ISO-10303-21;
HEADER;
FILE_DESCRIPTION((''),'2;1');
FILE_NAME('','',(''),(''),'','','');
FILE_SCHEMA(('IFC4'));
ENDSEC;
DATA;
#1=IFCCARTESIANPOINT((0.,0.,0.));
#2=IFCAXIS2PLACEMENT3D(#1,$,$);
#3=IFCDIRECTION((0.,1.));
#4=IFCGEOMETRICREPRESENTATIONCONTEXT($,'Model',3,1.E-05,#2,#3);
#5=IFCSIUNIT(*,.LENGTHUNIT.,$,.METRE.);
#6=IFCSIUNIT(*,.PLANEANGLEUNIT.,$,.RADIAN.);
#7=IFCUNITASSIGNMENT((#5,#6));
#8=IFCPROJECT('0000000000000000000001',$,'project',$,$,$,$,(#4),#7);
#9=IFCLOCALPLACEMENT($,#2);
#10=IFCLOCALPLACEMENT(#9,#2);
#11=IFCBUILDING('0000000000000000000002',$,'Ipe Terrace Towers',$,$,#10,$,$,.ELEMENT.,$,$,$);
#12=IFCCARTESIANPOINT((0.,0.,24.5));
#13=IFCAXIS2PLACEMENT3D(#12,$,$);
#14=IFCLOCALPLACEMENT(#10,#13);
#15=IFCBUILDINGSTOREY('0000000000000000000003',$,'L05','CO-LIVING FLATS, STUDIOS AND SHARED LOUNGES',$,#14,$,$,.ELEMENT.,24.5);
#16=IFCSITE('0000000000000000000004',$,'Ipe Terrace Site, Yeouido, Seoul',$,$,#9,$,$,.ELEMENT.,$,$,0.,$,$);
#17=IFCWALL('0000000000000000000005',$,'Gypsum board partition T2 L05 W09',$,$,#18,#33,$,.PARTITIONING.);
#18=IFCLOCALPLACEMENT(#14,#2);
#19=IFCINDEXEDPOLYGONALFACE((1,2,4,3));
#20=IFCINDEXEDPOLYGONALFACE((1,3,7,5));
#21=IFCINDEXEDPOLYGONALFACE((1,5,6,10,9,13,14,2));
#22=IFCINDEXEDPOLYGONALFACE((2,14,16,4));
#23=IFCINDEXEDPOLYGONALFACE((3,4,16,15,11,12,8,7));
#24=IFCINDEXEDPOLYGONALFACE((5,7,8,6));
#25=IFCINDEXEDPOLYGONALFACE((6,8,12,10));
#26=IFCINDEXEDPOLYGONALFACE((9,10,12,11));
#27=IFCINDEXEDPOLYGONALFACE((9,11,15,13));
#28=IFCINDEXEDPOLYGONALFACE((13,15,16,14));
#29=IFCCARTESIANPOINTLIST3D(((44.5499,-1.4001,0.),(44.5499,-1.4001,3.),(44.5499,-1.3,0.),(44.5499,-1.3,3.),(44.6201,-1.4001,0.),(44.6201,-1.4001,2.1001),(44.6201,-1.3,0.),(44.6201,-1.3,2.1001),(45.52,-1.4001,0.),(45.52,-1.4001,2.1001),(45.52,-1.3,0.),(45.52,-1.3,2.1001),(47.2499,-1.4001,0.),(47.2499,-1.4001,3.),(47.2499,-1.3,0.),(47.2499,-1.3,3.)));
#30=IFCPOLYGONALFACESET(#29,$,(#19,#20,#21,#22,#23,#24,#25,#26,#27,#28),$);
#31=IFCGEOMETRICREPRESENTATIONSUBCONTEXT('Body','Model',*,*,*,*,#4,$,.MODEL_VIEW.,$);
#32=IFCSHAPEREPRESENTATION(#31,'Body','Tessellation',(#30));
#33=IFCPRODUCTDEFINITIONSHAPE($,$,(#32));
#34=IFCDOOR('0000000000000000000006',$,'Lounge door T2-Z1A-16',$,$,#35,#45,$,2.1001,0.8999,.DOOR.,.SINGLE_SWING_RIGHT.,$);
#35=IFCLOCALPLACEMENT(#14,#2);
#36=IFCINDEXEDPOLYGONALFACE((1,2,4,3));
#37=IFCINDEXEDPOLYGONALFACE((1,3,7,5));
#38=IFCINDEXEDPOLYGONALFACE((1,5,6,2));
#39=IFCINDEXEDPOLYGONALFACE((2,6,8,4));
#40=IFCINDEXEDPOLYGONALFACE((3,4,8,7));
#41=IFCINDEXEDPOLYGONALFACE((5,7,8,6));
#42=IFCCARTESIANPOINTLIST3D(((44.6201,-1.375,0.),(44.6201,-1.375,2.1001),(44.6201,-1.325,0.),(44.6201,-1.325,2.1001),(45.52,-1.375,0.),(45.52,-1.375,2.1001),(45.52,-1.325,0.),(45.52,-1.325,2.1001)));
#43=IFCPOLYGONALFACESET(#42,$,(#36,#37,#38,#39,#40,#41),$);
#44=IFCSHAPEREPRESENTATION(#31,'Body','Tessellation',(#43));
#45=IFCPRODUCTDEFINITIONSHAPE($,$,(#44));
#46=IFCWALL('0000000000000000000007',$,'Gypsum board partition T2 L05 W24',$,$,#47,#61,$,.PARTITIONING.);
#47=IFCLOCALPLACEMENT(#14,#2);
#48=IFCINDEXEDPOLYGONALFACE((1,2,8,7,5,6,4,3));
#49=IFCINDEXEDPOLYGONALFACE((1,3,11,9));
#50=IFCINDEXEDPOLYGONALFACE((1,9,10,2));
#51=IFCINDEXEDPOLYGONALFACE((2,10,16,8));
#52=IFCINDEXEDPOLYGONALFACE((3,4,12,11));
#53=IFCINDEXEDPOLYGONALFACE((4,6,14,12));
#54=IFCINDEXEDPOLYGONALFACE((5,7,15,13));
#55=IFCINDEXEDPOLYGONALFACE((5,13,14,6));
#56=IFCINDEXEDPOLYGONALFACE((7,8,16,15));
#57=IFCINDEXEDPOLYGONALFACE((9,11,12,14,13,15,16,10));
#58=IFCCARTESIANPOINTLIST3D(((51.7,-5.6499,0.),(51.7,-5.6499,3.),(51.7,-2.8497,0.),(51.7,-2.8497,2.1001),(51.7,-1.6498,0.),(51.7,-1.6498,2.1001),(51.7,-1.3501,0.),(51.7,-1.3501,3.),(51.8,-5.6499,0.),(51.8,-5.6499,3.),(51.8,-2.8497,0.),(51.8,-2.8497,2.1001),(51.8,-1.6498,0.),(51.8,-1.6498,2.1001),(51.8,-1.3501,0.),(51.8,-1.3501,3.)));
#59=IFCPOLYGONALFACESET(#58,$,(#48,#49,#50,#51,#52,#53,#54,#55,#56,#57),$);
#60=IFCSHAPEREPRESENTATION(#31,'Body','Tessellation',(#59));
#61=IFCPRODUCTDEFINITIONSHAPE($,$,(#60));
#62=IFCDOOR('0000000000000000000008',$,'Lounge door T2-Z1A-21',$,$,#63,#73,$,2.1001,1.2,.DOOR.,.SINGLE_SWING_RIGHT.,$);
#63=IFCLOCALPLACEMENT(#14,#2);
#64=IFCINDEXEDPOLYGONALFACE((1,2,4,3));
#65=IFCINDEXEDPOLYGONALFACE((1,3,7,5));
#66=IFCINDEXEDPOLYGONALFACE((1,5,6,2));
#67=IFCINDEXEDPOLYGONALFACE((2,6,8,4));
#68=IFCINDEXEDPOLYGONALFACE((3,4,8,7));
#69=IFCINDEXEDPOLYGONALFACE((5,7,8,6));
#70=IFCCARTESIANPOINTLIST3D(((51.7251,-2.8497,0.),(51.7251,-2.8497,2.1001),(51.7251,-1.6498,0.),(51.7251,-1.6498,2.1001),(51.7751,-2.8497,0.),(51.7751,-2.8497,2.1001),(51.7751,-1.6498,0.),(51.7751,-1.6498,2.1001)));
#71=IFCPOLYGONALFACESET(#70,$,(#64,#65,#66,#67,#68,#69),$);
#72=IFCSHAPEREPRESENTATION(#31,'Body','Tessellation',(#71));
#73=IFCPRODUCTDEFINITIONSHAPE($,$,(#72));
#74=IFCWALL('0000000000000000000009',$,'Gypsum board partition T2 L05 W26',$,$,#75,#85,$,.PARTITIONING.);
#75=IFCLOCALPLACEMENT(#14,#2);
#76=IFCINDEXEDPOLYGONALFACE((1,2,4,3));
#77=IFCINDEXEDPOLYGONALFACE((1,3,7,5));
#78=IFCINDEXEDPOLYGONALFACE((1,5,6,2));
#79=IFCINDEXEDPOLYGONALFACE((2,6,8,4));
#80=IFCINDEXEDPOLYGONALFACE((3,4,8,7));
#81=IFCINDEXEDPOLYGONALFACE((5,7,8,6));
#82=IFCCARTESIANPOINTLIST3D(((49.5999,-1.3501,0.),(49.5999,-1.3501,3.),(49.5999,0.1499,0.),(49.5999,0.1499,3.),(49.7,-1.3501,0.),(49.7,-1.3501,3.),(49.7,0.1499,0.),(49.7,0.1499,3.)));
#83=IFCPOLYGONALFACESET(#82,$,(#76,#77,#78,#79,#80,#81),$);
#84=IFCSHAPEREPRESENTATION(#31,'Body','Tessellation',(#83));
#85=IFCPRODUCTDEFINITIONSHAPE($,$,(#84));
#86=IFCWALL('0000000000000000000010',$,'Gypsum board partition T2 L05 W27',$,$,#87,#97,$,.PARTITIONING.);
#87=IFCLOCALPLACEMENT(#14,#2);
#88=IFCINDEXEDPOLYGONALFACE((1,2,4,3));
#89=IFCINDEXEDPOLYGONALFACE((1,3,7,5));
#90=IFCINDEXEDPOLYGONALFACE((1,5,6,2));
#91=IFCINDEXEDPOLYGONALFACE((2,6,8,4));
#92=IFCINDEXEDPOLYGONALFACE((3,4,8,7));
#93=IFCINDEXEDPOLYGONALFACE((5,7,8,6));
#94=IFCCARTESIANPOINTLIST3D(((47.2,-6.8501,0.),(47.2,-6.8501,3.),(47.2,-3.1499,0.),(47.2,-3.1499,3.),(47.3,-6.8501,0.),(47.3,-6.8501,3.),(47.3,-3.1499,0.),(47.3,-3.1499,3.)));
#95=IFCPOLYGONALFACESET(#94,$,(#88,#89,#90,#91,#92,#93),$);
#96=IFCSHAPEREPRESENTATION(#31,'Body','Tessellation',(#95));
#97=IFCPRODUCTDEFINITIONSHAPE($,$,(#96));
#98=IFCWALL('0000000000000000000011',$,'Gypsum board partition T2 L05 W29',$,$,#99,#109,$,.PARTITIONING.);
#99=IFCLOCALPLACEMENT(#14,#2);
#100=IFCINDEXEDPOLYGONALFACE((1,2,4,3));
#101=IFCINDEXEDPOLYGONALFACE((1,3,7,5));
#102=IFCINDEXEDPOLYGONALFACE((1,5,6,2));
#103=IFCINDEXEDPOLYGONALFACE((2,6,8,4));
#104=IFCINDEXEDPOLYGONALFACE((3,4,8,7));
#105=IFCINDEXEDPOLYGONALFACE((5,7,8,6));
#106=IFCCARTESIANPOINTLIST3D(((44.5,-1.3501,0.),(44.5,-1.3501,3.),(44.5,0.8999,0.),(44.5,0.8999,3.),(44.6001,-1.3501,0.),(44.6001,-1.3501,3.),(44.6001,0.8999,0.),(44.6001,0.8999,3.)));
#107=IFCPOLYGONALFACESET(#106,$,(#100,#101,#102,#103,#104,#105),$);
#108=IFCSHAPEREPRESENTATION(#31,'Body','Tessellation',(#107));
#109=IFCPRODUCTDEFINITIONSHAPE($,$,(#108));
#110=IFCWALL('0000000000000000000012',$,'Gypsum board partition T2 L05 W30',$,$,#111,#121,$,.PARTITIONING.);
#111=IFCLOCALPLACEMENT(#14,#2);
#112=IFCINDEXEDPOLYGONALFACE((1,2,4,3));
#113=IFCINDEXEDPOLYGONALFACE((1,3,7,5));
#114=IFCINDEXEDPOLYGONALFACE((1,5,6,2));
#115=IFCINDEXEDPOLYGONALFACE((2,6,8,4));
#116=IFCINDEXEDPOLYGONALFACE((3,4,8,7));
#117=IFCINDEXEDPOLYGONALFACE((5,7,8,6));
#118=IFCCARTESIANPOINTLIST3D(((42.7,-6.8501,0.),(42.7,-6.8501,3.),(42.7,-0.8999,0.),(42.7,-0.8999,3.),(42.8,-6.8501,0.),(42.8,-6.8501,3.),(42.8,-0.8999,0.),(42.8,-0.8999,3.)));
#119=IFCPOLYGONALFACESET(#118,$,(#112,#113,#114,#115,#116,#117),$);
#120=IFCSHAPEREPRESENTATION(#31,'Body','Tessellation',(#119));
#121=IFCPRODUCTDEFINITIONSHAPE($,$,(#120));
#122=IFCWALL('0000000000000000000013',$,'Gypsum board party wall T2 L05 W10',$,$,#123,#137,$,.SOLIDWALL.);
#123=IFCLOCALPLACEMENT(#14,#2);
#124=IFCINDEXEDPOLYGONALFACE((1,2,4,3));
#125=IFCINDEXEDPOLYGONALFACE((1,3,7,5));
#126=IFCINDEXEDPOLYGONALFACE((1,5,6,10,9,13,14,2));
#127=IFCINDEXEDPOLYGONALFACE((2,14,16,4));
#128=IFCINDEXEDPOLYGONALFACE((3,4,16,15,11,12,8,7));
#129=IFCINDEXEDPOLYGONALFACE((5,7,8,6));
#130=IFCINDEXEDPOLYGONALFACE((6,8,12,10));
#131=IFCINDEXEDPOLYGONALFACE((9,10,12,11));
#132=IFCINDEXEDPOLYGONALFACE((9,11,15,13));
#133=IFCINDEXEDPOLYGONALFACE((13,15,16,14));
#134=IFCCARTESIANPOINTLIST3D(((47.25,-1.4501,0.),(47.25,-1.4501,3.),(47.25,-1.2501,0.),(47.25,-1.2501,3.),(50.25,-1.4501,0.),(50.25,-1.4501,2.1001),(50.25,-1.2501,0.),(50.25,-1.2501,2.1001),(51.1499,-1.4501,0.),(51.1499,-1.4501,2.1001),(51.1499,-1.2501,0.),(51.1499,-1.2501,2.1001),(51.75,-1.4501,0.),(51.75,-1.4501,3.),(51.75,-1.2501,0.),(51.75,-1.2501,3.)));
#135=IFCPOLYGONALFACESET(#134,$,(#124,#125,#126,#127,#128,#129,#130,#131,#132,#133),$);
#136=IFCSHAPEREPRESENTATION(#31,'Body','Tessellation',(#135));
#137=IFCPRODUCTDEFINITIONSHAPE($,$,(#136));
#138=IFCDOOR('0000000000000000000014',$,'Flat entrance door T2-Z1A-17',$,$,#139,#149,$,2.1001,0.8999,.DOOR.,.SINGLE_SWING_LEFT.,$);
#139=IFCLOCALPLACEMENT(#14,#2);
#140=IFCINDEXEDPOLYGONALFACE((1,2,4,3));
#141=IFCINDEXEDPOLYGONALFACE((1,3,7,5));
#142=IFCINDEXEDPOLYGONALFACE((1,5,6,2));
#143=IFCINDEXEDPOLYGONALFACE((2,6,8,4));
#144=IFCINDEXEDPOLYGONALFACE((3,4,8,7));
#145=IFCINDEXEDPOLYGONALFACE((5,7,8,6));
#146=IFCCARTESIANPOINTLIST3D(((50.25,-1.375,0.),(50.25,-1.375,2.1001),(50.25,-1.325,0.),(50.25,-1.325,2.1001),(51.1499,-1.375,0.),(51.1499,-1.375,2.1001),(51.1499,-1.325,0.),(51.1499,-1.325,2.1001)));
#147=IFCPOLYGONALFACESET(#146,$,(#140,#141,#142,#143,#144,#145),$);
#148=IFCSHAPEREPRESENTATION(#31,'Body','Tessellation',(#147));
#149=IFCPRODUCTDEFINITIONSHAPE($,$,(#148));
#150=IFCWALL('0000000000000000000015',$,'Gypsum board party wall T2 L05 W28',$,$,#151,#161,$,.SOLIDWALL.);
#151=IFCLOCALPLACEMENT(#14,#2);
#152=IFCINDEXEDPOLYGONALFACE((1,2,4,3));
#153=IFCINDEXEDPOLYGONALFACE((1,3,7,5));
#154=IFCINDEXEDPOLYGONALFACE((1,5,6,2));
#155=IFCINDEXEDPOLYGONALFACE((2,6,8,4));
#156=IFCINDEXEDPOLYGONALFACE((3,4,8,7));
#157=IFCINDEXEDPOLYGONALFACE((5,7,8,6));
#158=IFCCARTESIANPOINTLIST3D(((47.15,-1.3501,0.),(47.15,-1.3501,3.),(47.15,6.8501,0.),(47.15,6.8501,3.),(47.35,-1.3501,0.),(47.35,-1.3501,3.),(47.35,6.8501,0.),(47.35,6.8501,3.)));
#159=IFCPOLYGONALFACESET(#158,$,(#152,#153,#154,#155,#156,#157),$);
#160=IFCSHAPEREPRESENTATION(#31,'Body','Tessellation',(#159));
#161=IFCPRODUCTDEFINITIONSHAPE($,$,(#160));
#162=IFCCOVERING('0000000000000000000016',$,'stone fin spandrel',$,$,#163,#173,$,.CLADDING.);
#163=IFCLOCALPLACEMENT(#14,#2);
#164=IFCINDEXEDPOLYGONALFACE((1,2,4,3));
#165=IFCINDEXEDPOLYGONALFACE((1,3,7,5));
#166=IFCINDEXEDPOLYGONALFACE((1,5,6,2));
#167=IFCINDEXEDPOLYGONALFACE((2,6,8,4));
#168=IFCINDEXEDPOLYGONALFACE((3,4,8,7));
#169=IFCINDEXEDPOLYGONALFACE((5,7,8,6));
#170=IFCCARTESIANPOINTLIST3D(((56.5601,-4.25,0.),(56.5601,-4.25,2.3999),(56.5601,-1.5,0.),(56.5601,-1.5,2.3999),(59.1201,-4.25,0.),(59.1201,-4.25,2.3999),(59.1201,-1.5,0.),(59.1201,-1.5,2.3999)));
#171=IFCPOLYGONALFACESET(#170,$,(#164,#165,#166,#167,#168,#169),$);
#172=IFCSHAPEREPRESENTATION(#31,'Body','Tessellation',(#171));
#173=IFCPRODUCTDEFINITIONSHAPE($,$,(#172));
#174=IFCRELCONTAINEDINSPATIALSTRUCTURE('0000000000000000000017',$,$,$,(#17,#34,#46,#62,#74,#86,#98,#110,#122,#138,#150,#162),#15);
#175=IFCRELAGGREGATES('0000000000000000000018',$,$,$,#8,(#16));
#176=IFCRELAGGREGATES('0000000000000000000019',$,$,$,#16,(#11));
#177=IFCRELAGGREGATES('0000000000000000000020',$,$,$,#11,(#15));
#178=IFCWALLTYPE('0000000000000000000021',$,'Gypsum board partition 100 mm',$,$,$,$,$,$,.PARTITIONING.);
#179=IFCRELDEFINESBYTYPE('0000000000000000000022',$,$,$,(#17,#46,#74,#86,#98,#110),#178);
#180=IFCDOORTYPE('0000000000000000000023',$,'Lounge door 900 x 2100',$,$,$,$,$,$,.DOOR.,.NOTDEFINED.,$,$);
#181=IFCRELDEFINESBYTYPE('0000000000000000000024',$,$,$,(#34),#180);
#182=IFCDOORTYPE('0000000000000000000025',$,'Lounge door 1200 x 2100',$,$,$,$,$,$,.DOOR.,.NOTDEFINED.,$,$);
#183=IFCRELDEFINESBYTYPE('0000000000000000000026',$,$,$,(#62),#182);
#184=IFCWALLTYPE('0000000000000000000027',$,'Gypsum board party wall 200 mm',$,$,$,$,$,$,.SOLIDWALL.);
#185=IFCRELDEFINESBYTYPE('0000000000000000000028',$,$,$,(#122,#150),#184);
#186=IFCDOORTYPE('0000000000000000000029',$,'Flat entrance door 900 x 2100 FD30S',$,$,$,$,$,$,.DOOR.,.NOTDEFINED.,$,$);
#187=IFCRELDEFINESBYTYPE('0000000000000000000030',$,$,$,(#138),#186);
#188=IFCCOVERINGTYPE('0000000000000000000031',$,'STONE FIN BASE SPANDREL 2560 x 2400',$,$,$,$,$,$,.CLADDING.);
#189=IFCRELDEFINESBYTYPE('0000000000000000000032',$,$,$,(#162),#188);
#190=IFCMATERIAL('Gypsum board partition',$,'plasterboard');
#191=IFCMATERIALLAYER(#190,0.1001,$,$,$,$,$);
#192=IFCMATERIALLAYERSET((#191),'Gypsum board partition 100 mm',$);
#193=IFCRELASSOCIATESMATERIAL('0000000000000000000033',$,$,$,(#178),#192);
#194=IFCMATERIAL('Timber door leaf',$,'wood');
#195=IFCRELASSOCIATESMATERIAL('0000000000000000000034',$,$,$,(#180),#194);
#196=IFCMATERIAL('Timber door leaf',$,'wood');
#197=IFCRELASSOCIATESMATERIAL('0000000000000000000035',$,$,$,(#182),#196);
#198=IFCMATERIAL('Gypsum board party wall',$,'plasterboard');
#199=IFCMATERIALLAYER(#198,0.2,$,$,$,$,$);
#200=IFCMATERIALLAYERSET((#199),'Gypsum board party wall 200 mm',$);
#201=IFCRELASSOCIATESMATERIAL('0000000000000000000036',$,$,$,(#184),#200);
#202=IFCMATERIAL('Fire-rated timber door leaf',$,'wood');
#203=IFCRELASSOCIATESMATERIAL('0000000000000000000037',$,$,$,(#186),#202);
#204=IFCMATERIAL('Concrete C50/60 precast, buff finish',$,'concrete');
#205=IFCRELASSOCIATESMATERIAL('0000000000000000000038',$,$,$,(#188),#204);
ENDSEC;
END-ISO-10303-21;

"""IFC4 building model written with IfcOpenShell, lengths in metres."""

from ifc_helpers import new_model, si_unit, direction, frame, frame_2d, origin, origin_2d, place, context, subcontext, project, spatial, rectangle, extrude, material, layer, layer_set, material_profile, profile_set, type_object, element, fill, save


model = new_model("IFC4")

# Units and contexts
model_context = context("Model", 3, precision=1e-05, world=origin(), true_north=direction((0.0, 1.0)))
body_context = subcontext(model_context, "Body", "Model", "MODEL_VIEW")
ifc_project = project(units=[si_unit("LENGTHUNIT", "METRE"), si_unit("PLANEANGLEUNIT", "RADIAN")], contexts=[model_context])

# Site, building, storey
site_placement = place(None, origin())
site = spatial("IfcSite", under=ifc_project, at=site_placement, Name="Ipe Terrace Site, Yeouido, Seoul", CompositionType="ELEMENT", RefElevation=0.0)
building_placement = place(site_placement, origin())
building = spatial("IfcBuilding", under=site, at=building_placement, Name="Ipe Terrace Towers", CompositionType="ELEMENT")
storey_placement = place(building_placement, frame((0.0, 0.0, 24.5)))
storey = spatial("IfcBuildingStorey", under=building, at=storey_placement, Name="L05", Description="CO-LIVING FLATS, STUDIOS AND SHARED LOUNGES", CompositionType="ELEMENT", Elevation=24.5)

# Shared definitions
ifc_material_1 = material(Name="Gypsum board partition", Category="plasterboard")
ifc_layer_1 = layer(ifc_material_1, 0.1001)
ifc_layer_set_1 = layer_set([ifc_layer_1], Name="Gypsum board partition 100 mm")
wall_type_1 = type_object("IfcWallType", Name="Gypsum board partition 100 mm", PredefinedType="PARTITIONING", material=ifc_layer_set_1)
ifc_material_2 = material(Name="Timber door leaf", Category="wood")
door_type_1 = type_object("IfcDoorType", Name="Lounge door 900 x 2100", OperationType="NOTDEFINED", PredefinedType="DOOR", material=ifc_material_2)

# Walls, openings, doors
wall_1_placement = place(storey_placement, frame((47.25, -1.3501, 0.0), z_axis=(0.0, 0.0, 1.0), x_axis=(-1.0, 0.0, 0.0)))
wall_1 = element("IfcWall", 1, at=wall_1_placement, inside=storey, type_object=wall_type_1, Name="Gypsum board partition T2 L05 W09", PredefinedType="PARTITIONING", context=body_context, shape_type="SweptSolid", body=[
    extrude(rectangle(XDim=2.7, YDim=0.1001, at=frame_2d((1.3501, 0.0))), origin(), (0.0, 0.0, 1.0), 3.0),
])
opening_1_placement = place(wall_1_placement, frame((1.73, 0.0, 0.0)))
opening_1 = element("IfcOpeningElement", 2, at=opening_1_placement, cuts=wall_1, PredefinedType="OPENING", context=body_context, shape_type="SweptSolid", body=[
    extrude(rectangle(XDim=0.8999, YDim=2.1001, at=frame_2d((0.45, 1.05))), frame((0.0, 0.0601, 0.0), z_axis=(0.0, -1.0, 0.0), x_axis=(1.0, 0.0, 0.0)), (0.0, 0.0, 1.0), 0.1201),
])
door_1_placement = place(opening_1_placement, origin())
door_1 = element("IfcDoor", 3, at=door_1_placement, inside=storey, type_object=door_type_1, Name="Lounge door T2-Z1A-16", OperationType="SINGLE_SWING_RIGHT", OverallHeight=2.1001, OverallWidth=0.8999, PredefinedType="DOOR", context=body_context, shape_type="SweptSolid", body=[
    extrude(rectangle(XDim=0.8999, YDim=2.1001, at=frame_2d((0.45, 1.05))), frame((0.0, 0.0249, 0.0), z_axis=(0.0, -1.0, 0.0), x_axis=(1.0, 0.0, 0.0)), (0.0, 0.0, 1.0), 0.05),
])
fill(opening_1, door_1)
wall_2_placement = place(storey_placement, frame((51.75, -5.6499, 0.0), z_axis=(0.0, 0.0, 1.0), x_axis=(0.0, 1.0, 0.0)))
wall_2 = element("IfcWall", 4, at=wall_2_placement, inside=storey, type_object=wall_type_1, Name="Gypsum board partition T2 L05 W24", PredefinedType="PARTITIONING", context=body_context, shape_type="SweptSolid", body=[
    extrude(rectangle(XDim=4.2998, YDim=0.1001, at=frame_2d((2.1499, 0.0))), origin(), (0.0, 0.0, 1.0), 3.0),
])
opening_2_placement = place(wall_2_placement, frame((2.8, 0.0, 0.0)))
opening_2 = element("IfcOpeningElement", 5, at=opening_2_placement, cuts=wall_2, PredefinedType="OPENING", context=body_context, shape_type="SweptSolid", body=[
    extrude(rectangle(XDim=1.2, YDim=2.1001, at=frame_2d((0.6001, 1.05))), frame((0.0, 0.0601, 0.0), z_axis=(0.0, -1.0, 0.0), x_axis=(1.0, 0.0, 0.0)), (0.0, 0.0, 1.0), 0.1201),
])
ifc_material_3 = material(Name="Timber door leaf", Category="wood")
door_type_2 = type_object("IfcDoorType", Name="Lounge door 1200 x 2100", OperationType="NOTDEFINED", PredefinedType="DOOR", material=ifc_material_3)
door_2_placement = place(opening_2_placement, origin())
door_2 = element("IfcDoor", 6, at=door_2_placement, inside=storey, type_object=door_type_2, Name="Lounge door T2-Z1A-21", OperationType="SINGLE_SWING_RIGHT", OverallHeight=2.1001, OverallWidth=1.2, PredefinedType="DOOR", context=body_context, shape_type="SweptSolid", body=[
    extrude(rectangle(XDim=1.2, YDim=2.1001, at=frame_2d((0.6001, 1.05))), frame((0.0, 0.0249, 0.0), z_axis=(0.0, -1.0, 0.0), x_axis=(1.0, 0.0, 0.0)), (0.0, 0.0, 1.0), 0.05),
])
fill(opening_2, door_2)

# Walls
wall_3_placement = place(storey_placement, frame((49.6499, -1.3501, 0.0), z_axis=(0.0, 0.0, 1.0), x_axis=(0.0, 1.0, 0.0)))
element("IfcWall", 7, at=wall_3_placement, inside=storey, type_object=wall_type_1, Name="Gypsum board partition T2 L05 W26", PredefinedType="PARTITIONING", context=body_context, shape_type="SweptSolid", body=[
    extrude(rectangle(XDim=1.5, YDim=0.1001, at=frame_2d((0.75, 0.0))), origin(), (0.0, 0.0, 1.0), 3.0),
])
wall_4_placement = place(storey_placement, frame((47.25, -6.8501, 0.0), z_axis=(0.0, 0.0, 1.0), x_axis=(0.0, 1.0, 0.0)))
element("IfcWall", 8, at=wall_4_placement, inside=storey, type_object=wall_type_1, Name="Gypsum board partition T2 L05 W27", PredefinedType="PARTITIONING", context=body_context, shape_type="SweptSolid", body=[
    extrude(rectangle(XDim=3.7002, YDim=0.1001, at=frame_2d((1.8501, 0.0))), origin(), (0.0, 0.0, 1.0), 3.0),
])
wall_5_placement = place(storey_placement, frame((44.55, -1.3501, 0.0), z_axis=(0.0, 0.0, 1.0), x_axis=(0.0, 1.0, 0.0)))
element("IfcWall", 9, at=wall_5_placement, inside=storey, type_object=wall_type_1, Name="Gypsum board partition T2 L05 W29", PredefinedType="PARTITIONING", context=body_context, shape_type="SweptSolid", body=[
    extrude(rectangle(XDim=2.25, YDim=0.1001, at=frame_2d((1.125, 0.0))), origin(), (0.0, 0.0, 1.0), 3.0),
])
wall_6_placement = place(storey_placement, frame((42.75, -6.8501, 0.0), z_axis=(0.0, 0.0, 1.0), x_axis=(0.0, 1.0, 0.0)))
element("IfcWall", 10, at=wall_6_placement, inside=storey, type_object=wall_type_1, Name="Gypsum board partition T2 L05 W30", PredefinedType="PARTITIONING", context=body_context, shape_type="SweptSolid", body=[
    extrude(rectangle(XDim=5.9502, YDim=0.1001, at=frame_2d((2.9751, 0.0))), origin(), (0.0, 0.0, 1.0), 3.0),
])

# Wall, opening, door
ifc_material_4 = material(Name="Gypsum board party wall", Category="plasterboard")
ifc_layer_2 = layer(ifc_material_4, 0.2)
ifc_layer_set_2 = layer_set([ifc_layer_2], Name="Gypsum board party wall 200 mm")
wall_type_2 = type_object("IfcWallType", Name="Gypsum board party wall 200 mm", PredefinedType="SOLIDWALL", material=ifc_layer_set_2)
wall_7_placement = place(storey_placement, frame((51.75, -1.3501, 0.0), z_axis=(0.0, 0.0, 1.0), x_axis=(-1.0, 0.0, 0.0)))
wall_7 = element("IfcWall", 11, at=wall_7_placement, inside=storey, type_object=wall_type_2, Name="Gypsum board party wall T2 L05 W10", PredefinedType="SOLIDWALL", context=body_context, shape_type="SweptSolid", body=[
    extrude(rectangle(XDim=4.5, YDim=0.2, at=frame_2d((2.25, 0.0))), origin(), (0.0, 0.0, 1.0), 3.0),
])
opening_3_placement = place(wall_7_placement, frame((0.6001, 0.0, 0.0)))
opening_3 = element("IfcOpeningElement", 12, at=opening_3_placement, cuts=wall_7, PredefinedType="OPENING", context=body_context, shape_type="SweptSolid", body=[
    extrude(rectangle(XDim=0.8999, YDim=2.1001, at=frame_2d((0.45, 1.05))), frame((0.0, 0.1099, 0.0), z_axis=(0.0, -1.0, 0.0), x_axis=(1.0, 0.0, 0.0)), (0.0, 0.0, 1.0), 0.22),
])
ifc_material_5 = material(Name="Fire-rated timber door leaf", Category="wood")
door_type_3 = type_object("IfcDoorType", Name="Flat entrance door 900 x 2100 FD30S", OperationType="NOTDEFINED", PredefinedType="DOOR", material=ifc_material_5)
door_3_placement = place(opening_3_placement, origin())
door_3 = element("IfcDoor", 13, at=door_3_placement, inside=storey, type_object=door_type_3, Name="Flat entrance door T2-Z1A-17", OperationType="SINGLE_SWING_LEFT", OverallHeight=2.1001, OverallWidth=0.8999, PredefinedType="DOOR", context=body_context, shape_type="SweptSolid", body=[
    extrude(rectangle(XDim=0.8999, YDim=2.1001, at=frame_2d((0.45, 1.05))), frame((0.0, 0.0249, 0.0), z_axis=(0.0, -1.0, 0.0), x_axis=(1.0, 0.0, 0.0)), (0.0, 0.0, 1.0), 0.05),
])
fill(opening_3, door_3)

# Wall
wall_8_placement = place(storey_placement, frame((47.25, -1.3501, 0.0), z_axis=(0.0, 0.0, 1.0), x_axis=(0.0, 1.0, 0.0)))
element("IfcWall", 14, at=wall_8_placement, inside=storey, type_object=wall_type_2, Name="Gypsum board party wall T2 L05 W28", PredefinedType="SOLIDWALL", context=body_context, shape_type="SweptSolid", body=[
    extrude(rectangle(XDim=8.2002, YDim=0.2, at=frame_2d((4.1001, 0.0))), origin(), (0.0, 0.0, 1.0), 3.0),
])

# Covering
ifc_material_6 = material(Name="Concrete C50/60 precast, buff finish", Category="concrete")
ifc_material_profile_1 = material_profile(ifc_material_6, rectangle(XDim=2.5601, YDim=2.3999, at=origin_2d()), Name="STONE FIN BASE SPANDREL 2560 x 2400")
ifc_profile_set_1 = profile_set([ifc_material_profile_1], Name="Concrete C50/60 precast, buff finish")
covering_type_1 = type_object("IfcCoveringType", Name="STONE FIN BASE SPANDREL 2560 x 2400", PredefinedType="CLADDING", material=ifc_profile_set_1)
covering_1_placement = place(storey_placement, frame((57.8401, -4.25, 1.2), z_axis=(0.0, 1.0, 0.0), x_axis=(1.0, 0.0, 0.0)))
element("IfcCovering", 15, at=covering_1_placement, inside=storey, type_object=covering_type_1, Name="stone fin spandrel", PredefinedType="CLADDING", context=body_context, shape_type="SweptSolid", body=[
    extrude(rectangle(XDim=2.5601, YDim=2.3999, at=origin_2d()), origin(), (0.0, 0.0, 1.0), 2.75),
])

save(model, "model.ifc")
